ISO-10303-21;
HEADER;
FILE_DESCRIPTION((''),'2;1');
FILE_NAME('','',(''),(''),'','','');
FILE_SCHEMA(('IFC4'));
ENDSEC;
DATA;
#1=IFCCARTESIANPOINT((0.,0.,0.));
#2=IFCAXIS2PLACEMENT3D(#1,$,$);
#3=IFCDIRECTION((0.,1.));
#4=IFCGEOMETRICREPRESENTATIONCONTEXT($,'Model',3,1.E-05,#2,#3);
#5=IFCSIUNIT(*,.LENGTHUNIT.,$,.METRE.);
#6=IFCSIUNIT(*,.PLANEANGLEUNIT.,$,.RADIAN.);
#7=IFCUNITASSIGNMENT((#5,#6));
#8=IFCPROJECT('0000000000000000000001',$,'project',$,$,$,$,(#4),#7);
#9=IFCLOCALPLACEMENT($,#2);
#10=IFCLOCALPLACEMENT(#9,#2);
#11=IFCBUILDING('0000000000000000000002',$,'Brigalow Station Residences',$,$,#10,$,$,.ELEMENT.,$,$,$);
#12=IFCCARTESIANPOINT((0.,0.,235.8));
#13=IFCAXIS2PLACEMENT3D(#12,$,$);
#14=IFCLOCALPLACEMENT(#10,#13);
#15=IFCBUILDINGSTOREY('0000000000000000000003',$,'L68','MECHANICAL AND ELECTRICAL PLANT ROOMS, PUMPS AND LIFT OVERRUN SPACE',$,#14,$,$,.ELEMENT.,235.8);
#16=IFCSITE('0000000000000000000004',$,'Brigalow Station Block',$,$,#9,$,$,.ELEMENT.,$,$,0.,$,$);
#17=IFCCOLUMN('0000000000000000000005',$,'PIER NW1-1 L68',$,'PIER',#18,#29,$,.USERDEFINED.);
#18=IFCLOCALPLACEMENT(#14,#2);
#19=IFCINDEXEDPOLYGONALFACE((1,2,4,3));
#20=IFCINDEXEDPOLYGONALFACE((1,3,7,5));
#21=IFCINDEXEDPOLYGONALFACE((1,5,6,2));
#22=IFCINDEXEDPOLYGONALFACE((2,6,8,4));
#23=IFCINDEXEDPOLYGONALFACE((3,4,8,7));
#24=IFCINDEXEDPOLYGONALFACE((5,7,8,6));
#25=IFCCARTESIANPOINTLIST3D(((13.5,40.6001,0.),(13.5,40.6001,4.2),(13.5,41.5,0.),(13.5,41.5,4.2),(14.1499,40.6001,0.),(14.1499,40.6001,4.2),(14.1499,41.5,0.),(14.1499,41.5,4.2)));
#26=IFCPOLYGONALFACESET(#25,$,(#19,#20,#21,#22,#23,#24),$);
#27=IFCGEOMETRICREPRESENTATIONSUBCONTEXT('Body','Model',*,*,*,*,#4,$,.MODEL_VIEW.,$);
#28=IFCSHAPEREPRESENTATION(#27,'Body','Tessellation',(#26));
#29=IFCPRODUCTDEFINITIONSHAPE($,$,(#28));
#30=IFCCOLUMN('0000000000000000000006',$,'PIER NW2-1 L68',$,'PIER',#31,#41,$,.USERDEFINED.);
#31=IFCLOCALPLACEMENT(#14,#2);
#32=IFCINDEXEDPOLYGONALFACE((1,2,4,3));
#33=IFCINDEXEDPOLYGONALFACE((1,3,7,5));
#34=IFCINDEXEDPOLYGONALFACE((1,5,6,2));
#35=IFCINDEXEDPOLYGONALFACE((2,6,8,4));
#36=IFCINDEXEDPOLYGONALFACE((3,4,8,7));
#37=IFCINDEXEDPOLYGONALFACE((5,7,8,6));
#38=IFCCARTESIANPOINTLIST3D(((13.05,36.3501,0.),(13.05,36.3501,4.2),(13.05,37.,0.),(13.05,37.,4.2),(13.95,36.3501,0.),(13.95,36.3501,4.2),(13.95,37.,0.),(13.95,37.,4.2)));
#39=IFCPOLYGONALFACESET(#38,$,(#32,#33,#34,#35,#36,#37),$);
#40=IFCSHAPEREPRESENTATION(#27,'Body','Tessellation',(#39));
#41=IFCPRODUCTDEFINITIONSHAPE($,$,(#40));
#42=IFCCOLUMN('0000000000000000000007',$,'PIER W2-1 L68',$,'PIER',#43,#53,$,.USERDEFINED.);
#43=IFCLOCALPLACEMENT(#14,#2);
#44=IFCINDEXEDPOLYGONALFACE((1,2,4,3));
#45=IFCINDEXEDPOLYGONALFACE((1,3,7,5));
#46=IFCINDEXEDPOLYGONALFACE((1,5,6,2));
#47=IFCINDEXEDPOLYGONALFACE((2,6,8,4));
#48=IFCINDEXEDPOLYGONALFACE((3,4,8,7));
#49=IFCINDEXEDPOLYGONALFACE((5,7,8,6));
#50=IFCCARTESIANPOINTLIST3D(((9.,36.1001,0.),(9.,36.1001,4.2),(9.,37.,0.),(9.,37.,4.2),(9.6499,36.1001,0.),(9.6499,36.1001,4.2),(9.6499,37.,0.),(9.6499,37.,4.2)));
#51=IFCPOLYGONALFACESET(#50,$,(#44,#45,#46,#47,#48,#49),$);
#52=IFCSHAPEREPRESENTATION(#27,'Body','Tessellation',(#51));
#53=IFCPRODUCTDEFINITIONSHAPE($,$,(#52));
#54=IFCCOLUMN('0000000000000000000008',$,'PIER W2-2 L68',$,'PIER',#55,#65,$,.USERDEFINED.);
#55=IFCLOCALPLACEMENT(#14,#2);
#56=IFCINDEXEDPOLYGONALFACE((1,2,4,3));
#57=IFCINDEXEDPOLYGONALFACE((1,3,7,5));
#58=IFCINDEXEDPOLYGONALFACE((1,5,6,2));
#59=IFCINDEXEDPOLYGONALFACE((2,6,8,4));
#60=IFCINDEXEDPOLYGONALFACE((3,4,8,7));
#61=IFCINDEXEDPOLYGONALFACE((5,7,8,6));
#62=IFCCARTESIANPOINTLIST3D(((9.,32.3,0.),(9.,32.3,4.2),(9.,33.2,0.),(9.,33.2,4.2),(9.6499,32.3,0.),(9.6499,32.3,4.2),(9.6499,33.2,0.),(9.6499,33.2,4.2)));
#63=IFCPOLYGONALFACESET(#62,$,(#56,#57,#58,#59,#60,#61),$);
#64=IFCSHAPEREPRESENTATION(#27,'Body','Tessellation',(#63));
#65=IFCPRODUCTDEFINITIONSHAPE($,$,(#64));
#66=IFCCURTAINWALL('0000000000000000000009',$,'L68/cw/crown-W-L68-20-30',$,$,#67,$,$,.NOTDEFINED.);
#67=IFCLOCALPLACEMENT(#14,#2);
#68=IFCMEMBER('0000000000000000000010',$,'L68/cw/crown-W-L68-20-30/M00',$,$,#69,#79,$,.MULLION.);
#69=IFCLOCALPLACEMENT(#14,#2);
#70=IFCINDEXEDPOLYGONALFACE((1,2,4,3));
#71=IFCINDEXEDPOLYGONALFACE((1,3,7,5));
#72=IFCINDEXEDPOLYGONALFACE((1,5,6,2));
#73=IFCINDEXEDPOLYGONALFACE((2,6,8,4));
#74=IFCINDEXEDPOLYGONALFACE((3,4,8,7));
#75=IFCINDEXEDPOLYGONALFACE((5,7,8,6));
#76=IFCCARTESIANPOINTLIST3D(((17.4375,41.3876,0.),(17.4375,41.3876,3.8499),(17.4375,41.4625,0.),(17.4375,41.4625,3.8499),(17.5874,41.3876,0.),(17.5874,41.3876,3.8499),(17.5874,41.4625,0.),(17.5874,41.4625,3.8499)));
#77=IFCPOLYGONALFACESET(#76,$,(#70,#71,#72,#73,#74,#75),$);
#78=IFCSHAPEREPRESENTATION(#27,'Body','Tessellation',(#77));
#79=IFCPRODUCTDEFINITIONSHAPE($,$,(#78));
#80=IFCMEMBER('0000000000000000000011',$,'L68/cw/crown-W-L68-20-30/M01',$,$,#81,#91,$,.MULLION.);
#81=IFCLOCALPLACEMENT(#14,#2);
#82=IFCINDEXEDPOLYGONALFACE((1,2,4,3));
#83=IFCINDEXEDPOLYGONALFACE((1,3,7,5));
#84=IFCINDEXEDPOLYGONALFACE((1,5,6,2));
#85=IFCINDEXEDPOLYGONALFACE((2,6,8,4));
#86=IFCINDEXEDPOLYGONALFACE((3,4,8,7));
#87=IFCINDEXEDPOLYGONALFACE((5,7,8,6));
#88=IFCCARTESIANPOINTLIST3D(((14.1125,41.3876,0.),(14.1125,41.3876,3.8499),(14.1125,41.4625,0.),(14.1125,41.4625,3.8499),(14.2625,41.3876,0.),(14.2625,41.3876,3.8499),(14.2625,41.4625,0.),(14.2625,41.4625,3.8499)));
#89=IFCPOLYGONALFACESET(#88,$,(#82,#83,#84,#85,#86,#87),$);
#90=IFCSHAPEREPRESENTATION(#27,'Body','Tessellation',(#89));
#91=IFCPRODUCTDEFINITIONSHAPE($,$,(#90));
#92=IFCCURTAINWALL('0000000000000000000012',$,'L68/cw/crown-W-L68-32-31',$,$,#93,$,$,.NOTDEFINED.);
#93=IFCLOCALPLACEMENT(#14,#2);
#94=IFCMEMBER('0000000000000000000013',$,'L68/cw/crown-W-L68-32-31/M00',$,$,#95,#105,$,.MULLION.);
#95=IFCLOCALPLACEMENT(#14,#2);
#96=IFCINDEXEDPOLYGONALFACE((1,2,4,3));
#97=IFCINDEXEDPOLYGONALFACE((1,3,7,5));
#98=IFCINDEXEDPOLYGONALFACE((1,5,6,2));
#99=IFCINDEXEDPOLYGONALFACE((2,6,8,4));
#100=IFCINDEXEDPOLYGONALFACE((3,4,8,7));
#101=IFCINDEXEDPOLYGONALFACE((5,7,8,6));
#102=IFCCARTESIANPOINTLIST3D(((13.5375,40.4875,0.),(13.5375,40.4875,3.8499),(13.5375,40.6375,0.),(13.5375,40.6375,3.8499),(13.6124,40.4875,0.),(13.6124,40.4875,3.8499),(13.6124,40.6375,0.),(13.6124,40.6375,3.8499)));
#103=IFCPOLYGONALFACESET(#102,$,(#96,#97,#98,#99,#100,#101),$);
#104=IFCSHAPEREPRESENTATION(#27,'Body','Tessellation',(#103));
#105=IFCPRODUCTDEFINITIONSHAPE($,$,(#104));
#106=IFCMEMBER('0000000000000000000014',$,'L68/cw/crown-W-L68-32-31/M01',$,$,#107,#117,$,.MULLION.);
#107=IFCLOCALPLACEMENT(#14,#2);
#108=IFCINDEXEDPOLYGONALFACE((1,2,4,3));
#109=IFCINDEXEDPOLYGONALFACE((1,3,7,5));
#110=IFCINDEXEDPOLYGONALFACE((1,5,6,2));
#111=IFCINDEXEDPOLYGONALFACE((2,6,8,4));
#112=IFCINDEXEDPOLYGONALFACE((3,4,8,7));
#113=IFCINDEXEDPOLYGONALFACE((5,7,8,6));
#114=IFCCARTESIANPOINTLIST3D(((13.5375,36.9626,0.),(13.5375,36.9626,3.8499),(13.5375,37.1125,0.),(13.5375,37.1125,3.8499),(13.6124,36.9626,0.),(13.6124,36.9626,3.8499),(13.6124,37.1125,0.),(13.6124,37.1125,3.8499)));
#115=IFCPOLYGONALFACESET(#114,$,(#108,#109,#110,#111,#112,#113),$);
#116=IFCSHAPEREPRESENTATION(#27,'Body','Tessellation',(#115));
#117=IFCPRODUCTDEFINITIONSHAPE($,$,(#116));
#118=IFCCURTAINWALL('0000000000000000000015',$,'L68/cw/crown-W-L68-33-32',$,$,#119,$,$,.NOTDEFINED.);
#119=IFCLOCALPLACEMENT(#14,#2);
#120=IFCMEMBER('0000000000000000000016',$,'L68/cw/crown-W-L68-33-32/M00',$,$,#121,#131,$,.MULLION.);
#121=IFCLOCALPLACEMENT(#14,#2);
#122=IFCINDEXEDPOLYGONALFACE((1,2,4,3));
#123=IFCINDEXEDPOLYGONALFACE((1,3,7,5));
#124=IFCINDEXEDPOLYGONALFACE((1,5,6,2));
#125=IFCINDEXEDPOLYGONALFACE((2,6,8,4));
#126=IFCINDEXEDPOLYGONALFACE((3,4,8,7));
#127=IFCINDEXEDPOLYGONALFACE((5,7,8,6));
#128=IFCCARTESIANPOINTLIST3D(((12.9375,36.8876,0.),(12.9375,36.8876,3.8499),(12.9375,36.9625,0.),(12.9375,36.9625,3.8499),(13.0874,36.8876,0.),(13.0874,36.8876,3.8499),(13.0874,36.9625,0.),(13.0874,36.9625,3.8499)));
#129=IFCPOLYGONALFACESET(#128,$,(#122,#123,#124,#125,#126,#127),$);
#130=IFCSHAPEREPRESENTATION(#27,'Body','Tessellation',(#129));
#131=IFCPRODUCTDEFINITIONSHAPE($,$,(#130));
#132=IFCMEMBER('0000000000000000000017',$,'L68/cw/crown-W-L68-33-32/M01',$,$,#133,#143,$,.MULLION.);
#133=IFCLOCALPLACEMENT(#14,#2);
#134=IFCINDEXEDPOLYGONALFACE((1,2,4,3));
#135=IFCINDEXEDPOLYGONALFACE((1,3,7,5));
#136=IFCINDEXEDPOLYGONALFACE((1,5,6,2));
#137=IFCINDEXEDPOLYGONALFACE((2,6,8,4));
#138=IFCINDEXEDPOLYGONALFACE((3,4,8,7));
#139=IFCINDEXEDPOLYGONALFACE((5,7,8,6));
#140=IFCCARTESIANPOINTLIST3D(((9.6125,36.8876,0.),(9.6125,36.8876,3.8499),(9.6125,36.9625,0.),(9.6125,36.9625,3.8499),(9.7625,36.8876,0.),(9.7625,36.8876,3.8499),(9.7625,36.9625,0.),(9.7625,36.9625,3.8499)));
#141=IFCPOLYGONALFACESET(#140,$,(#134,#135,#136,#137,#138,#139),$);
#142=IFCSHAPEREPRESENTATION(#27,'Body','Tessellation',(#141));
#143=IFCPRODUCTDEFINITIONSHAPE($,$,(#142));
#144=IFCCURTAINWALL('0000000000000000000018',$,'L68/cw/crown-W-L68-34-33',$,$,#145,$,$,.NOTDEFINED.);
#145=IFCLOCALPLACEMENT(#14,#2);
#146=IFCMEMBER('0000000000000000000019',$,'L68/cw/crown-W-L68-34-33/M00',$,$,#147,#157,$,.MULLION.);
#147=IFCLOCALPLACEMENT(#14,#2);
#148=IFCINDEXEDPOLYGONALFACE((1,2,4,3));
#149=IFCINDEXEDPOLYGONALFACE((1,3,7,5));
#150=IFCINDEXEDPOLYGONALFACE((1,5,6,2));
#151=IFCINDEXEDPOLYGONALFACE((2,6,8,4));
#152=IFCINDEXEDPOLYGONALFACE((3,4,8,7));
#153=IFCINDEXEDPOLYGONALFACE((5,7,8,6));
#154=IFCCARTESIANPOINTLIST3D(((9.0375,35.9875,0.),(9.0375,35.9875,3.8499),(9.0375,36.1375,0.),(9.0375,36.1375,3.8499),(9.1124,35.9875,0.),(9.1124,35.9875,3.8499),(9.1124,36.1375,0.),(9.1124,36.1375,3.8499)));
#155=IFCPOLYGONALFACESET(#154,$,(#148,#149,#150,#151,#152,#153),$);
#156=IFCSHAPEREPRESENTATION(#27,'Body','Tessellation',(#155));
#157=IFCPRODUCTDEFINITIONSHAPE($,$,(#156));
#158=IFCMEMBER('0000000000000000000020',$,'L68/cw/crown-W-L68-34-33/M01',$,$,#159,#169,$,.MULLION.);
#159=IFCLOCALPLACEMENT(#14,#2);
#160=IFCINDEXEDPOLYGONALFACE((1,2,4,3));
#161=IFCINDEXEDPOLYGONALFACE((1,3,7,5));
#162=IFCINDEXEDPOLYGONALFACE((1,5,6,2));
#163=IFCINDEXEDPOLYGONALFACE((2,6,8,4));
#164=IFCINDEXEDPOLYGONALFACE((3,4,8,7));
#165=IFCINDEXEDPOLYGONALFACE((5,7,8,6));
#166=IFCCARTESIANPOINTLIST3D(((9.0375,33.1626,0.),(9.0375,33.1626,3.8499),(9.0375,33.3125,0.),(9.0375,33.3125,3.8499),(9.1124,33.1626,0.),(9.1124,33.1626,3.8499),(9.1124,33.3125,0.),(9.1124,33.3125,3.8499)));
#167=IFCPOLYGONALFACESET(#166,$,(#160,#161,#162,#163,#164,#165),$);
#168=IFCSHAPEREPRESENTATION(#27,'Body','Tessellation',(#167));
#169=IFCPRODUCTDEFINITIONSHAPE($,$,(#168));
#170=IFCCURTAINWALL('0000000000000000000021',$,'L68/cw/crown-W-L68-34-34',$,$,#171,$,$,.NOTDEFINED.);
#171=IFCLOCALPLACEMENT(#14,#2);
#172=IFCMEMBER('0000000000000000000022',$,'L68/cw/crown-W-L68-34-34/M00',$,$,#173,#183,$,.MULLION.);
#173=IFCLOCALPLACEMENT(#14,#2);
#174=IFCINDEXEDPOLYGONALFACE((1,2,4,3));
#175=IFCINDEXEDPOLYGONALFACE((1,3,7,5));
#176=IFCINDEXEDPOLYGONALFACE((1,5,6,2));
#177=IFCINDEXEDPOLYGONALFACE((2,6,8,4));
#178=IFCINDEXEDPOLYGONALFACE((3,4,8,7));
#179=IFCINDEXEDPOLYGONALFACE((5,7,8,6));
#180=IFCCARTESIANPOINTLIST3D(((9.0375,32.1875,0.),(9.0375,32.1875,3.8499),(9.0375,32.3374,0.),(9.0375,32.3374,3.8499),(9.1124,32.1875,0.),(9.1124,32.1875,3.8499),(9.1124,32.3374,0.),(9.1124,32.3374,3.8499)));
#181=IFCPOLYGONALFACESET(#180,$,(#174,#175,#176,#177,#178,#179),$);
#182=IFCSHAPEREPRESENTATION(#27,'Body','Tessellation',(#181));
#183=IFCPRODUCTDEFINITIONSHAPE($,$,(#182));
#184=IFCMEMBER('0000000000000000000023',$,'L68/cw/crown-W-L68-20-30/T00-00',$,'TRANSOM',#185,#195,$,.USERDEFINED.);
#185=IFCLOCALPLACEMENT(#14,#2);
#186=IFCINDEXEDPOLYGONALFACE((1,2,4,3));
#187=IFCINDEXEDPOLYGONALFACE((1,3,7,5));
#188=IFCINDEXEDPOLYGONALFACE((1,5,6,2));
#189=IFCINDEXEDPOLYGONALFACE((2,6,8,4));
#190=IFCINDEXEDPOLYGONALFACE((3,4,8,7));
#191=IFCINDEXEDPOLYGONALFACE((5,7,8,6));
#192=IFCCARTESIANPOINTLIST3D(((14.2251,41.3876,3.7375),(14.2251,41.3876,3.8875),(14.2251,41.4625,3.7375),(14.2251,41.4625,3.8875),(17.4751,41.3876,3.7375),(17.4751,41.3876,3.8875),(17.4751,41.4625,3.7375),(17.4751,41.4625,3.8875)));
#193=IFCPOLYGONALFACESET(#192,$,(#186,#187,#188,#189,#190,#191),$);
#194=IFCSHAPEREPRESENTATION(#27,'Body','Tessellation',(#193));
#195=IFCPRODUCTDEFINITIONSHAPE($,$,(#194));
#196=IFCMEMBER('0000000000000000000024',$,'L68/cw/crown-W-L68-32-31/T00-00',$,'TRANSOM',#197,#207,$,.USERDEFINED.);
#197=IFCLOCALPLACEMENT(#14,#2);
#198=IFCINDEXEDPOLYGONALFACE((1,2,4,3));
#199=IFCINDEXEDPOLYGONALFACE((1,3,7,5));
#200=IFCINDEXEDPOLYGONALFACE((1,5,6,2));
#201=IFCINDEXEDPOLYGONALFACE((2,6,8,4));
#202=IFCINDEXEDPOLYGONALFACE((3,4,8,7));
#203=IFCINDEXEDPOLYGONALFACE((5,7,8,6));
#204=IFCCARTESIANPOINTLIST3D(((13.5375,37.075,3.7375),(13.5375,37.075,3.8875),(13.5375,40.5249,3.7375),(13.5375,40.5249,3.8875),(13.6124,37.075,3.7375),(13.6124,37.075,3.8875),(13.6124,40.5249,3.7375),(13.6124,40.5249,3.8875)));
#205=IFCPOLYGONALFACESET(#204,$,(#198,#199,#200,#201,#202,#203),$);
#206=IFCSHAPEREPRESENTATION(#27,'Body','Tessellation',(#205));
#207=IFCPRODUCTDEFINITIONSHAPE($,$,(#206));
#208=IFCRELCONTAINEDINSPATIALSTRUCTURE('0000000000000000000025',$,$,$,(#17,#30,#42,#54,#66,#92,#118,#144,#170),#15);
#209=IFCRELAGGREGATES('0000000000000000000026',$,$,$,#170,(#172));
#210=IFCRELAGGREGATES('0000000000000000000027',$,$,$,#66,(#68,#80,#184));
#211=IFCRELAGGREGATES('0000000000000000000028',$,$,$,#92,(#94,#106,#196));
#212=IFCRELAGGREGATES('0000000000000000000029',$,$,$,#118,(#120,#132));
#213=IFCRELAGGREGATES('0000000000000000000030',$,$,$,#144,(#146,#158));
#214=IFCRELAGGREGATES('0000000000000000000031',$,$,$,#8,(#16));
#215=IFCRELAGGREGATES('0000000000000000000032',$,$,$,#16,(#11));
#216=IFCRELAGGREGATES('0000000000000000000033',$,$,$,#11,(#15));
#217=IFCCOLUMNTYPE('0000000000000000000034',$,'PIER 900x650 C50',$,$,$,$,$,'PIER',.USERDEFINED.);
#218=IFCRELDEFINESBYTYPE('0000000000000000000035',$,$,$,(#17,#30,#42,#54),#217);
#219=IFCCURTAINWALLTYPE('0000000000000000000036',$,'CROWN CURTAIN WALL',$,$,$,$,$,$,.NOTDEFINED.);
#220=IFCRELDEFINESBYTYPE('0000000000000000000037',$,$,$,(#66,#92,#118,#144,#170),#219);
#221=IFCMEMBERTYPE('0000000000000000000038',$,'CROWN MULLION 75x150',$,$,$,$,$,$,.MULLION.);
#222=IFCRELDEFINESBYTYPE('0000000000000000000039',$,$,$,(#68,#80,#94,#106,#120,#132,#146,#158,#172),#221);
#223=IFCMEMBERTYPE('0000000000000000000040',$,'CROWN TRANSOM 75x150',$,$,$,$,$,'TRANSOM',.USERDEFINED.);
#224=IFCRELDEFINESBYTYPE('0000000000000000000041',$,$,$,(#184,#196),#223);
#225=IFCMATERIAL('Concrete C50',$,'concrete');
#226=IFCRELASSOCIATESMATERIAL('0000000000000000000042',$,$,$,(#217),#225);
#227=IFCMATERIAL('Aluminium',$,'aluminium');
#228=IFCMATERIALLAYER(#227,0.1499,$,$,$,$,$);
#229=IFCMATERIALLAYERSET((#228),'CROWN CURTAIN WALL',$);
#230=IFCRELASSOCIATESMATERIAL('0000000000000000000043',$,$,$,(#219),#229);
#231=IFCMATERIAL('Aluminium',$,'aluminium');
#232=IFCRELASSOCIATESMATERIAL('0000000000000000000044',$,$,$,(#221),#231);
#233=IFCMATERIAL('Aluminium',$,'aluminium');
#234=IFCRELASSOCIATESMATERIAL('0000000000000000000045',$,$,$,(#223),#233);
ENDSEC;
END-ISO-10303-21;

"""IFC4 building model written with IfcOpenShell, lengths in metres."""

from ifc_helpers import new_model, si_unit, direction, frame, origin, origin_2d, place, context, subcontext, project, spatial, rectangle, extrude, material, layer, layer_set, material_profile, profile_set, type_object, element, aggregate, save


model = new_model("IFC4")

# Units and contexts
model_context = context("Model", 3, precision=1e-05, world=origin(), true_north=direction((0.0, 1.0)))
body_context = subcontext(model_context, "Body", "Model", "MODEL_VIEW")
ifc_project = project(units=[si_unit("LENGTHUNIT", "METRE"), si_unit("PLANEANGLEUNIT", "RADIAN")], contexts=[model_context])

# Site, building, storey
site_placement = place(None, origin())
site = spatial("IfcSite", under=ifc_project, at=site_placement, Name="Brigalow Station Block", CompositionType="ELEMENT", RefElevation=0.0)
building_placement = place(site_placement, origin())
building = spatial("IfcBuilding", under=site, at=building_placement, Name="Brigalow Station Residences", CompositionType="ELEMENT")
storey_placement = place(building_placement, frame((0.0, 0.0, 235.8)))
storey = spatial("IfcBuildingStorey", under=building, at=storey_placement, Name="L68", Description="MECHANICAL AND ELECTRICAL PLANT ROOMS, PUMPS AND LIFT OVERRUN SPACE", CompositionType="ELEMENT", Elevation=235.8)

# Columns
ifc_material_1 = material(Name="Concrete C50", Category="concrete")
ifc_material_profile_1 = material_profile(ifc_material_1, rectangle(XDim=0.8999, YDim=0.6499, at=origin_2d()), Name="RC900x650")
ifc_profile_set_1 = profile_set([ifc_material_profile_1], Name="Concrete C50")
column_type = type_object("IfcColumnType", Name="PIER 900x650 C50", ElementType="PIER", PredefinedType="USERDEFINED", material=ifc_profile_set_1)
for number, where, z_axis, x_axis, name in (
    (1, (13.825, 41.05, 0.0), (0.0, 0.0, 1.0), (0.0, -1.0, 0.0), "PIER NW1-1 L68"),
    (2, (13.5, 36.675, 0.0), (0.0, 0.0, 1.0), (-1.0, 0.0, 0.0), "PIER NW2-1 L68"),
    (3, (9.325, 36.55, 0.0), (0.0, 0.0, 1.0), (0.0, -1.0, 0.0), "PIER W2-1 L68"),
    (4, (9.325, 32.75, 0.0), (0.0, 0.0, 1.0), (0.0, -1.0, 0.0), "PIER W2-2 L68"),
):
    element("IfcColumn", number, at=place(storey_placement, frame(where, z_axis=z_axis, x_axis=x_axis)), inside=storey, type_object=column_type, Name=name, ObjectType="PIER", PredefinedType="USERDEFINED", context=body_context, shape_type="SweptSolid", body=[
        extrude(rectangle(XDim=0.8999, YDim=0.6499, at=origin_2d()), origin(), (0.0, 0.0, 1.0), 4.2),
    ])

# Curtain walls, members
ifc_material_2 = material(Name="Aluminium", Category="aluminium")
ifc_layer_1 = layer(ifc_material_2, 0.1499)
ifc_layer_set_1 = layer_set([ifc_layer_1], Name="CROWN CURTAIN WALL")
curtain_wall_type = type_object("IfcCurtainWallType", Name="CROWN CURTAIN WALL", PredefinedType="NOTDEFINED", material=ifc_layer_set_1)
curtain_wall_1_placement = place(storey_placement, origin())
curtain_wall_1 = element("IfcCurtainWall", 5, at=curtain_wall_1_placement, inside=storey, type_object=curtain_wall_type, Name="L68/cw/crown-W-L68-20-30", PredefinedType="NOTDEFINED")
ifc_material_3 = material(Name="Aluminium", Category="aluminium")
ifc_material_profile_2 = material_profile(ifc_material_3, rectangle(XDim=0.075, YDim=0.1499, at=origin_2d()), Name="CROWN MULLION 75x150")
ifc_profile_set_2 = profile_set([ifc_material_profile_2], Name="Aluminium")
member_type_1 = type_object("IfcMemberType", Name="CROWN MULLION 75x150", PredefinedType="MULLION", material=ifc_profile_set_2)
member_1_placement = place(storey_placement, frame((17.5125, 41.425, 0.0), z_axis=(0.0, 0.0, 1.0), x_axis=(0.0, -1.0, 0.0)))
member_1 = element("IfcMember", 6, at=member_1_placement, type_object=member_type_1, Name="L68/cw/crown-W-L68-20-30/M00", PredefinedType="MULLION", context=body_context, shape_type="SweptSolid", body=[
    extrude(rectangle(XDim=0.075, YDim=0.1499, at=origin_2d()), origin(), (0.0, 0.0, 1.0), 3.8499),
])
member_2_placement = place(storey_placement, frame((14.1875, 41.425, 0.0), z_axis=(0.0, 0.0, 1.0), x_axis=(0.0, -1.0, 0.0)))
member_2 = element("IfcMember", 7, at=member_2_placement, type_object=member_type_1, Name="L68/cw/crown-W-L68-20-30/M01", PredefinedType="MULLION", context=body_context, shape_type="SweptSolid", body=[
    extrude(rectangle(XDim=0.075, YDim=0.1499, at=origin_2d()), origin(), (0.0, 0.0, 1.0), 3.8499),
])
curtain_wall_2_placement = place(storey_placement, origin())
curtain_wall_2 = element("IfcCurtainWall", 8, at=curtain_wall_2_placement, inside=storey, type_object=curtain_wall_type, Name="L68/cw/crown-W-L68-32-31", PredefinedType="NOTDEFINED")
member_3_placement = place(storey_placement, frame((13.575, 40.5625, 0.0), z_axis=(0.0, 0.0, 1.0), x_axis=(1.0, 0.0, 0.0)))
member_3 = element("IfcMember", 9, at=member_3_placement, type_object=member_type_1, Name="L68/cw/crown-W-L68-32-31/M00", PredefinedType="MULLION", context=body_context, shape_type="SweptSolid", body=[
    extrude(rectangle(XDim=0.075, YDim=0.1499, at=origin_2d()), origin(), (0.0, 0.0, 1.0), 3.8499),
])
member_4_placement = place(storey_placement, frame((13.575, 37.0376, 0.0), z_axis=(0.0, 0.0, 1.0), x_axis=(1.0, 0.0, 0.0)))
member_4 = element("IfcMember", 10, at=member_4_placement, type_object=member_type_1, Name="L68/cw/crown-W-L68-32-31/M01", PredefinedType="MULLION", context=body_context, shape_type="SweptSolid", body=[
    extrude(rectangle(XDim=0.075, YDim=0.1499, at=origin_2d()), origin(), (0.0, 0.0, 1.0), 3.8499),
])
curtain_wall_3_placement = place(storey_placement, origin())
curtain_wall_3 = element("IfcCurtainWall", 11, at=curtain_wall_3_placement, inside=storey, type_object=curtain_wall_type, Name="L68/cw/crown-W-L68-33-32", PredefinedType="NOTDEFINED")
member_5_placement = place(storey_placement, frame((13.0125, 36.925, 0.0), z_axis=(0.0, 0.0, 1.0), x_axis=(0.0, -1.0, 0.0)))
member_5 = element("IfcMember", 12, at=member_5_placement, type_object=member_type_1, Name="L68/cw/crown-W-L68-33-32/M00", PredefinedType="MULLION", context=body_context, shape_type="SweptSolid", body=[
    extrude(rectangle(XDim=0.075, YDim=0.1499, at=origin_2d()), origin(), (0.0, 0.0, 1.0), 3.8499),
])
member_6_placement = place(storey_placement, frame((9.6875, 36.925, 0.0), z_axis=(0.0, 0.0, 1.0), x_axis=(0.0, -1.0, 0.0)))
member_6 = element("IfcMember", 13, at=member_6_placement, type_object=member_type_1, Name="L68/cw/crown-W-L68-33-32/M01", PredefinedType="MULLION", context=body_context, shape_type="SweptSolid", body=[
    extrude(rectangle(XDim=0.075, YDim=0.1499, at=origin_2d()), origin(), (0.0, 0.0, 1.0), 3.8499),
])
curtain_wall_4_placement = place(storey_placement, origin())
curtain_wall_4 = element("IfcCurtainWall", 14, at=curtain_wall_4_placement, inside=storey, type_object=curtain_wall_type, Name="L68/cw/crown-W-L68-34-33", PredefinedType="NOTDEFINED")
member_7_placement = place(storey_placement, frame((9.075, 36.0625, 0.0), z_axis=(0.0, 0.0, 1.0), x_axis=(1.0, 0.0, 0.0)))
member_7 = element("IfcMember", 15, at=member_7_placement, type_object=member_type_1, Name="L68/cw/crown-W-L68-34-33/M00", PredefinedType="MULLION", context=body_context, shape_type="SweptSolid", body=[
    extrude(rectangle(XDim=0.075, YDim=0.1499, at=origin_2d()), origin(), (0.0, 0.0, 1.0), 3.8499),
])
member_8_placement = place(storey_placement, frame((9.075, 33.2375, 0.0), z_axis=(0.0, 0.0, 1.0), x_axis=(1.0, 0.0, 0.0)))
member_8 = element("IfcMember", 16, at=member_8_placement, type_object=member_type_1, Name="L68/cw/crown-W-L68-34-33/M01", PredefinedType="MULLION", context=body_context, shape_type="SweptSolid", body=[
    extrude(rectangle(XDim=0.075, YDim=0.1499, at=origin_2d()), origin(), (0.0, 0.0, 1.0), 3.8499),
])

# Curtain wall, member
curtain_wall_5_placement = place(storey_placement, origin())
curtain_wall_5 = element("IfcCurtainWall", 17, at=curtain_wall_5_placement, inside=storey, type_object=curtain_wall_type, Name="L68/cw/crown-W-L68-34-34", PredefinedType="NOTDEFINED")
member_9_placement = place(storey_placement, frame((9.075, 32.2625, 0.0), z_axis=(0.0, 0.0, 1.0), x_axis=(1.0, 0.0, 0.0)))
member_9 = element("IfcMember", 18, at=member_9_placement, type_object=member_type_1, Name="L68/cw/crown-W-L68-34-34/M00", PredefinedType="MULLION", context=body_context, shape_type="SweptSolid", body=[
    extrude(rectangle(XDim=0.075, YDim=0.1499, at=origin_2d()), origin(), (0.0, 0.0, 1.0), 3.8499),
])

# Members
ifc_material_4 = material(Name="Aluminium", Category="aluminium")
ifc_material_profile_3 = material_profile(ifc_material_4, rectangle(XDim=0.075, YDim=0.1499, at=origin_2d()), Name="CROWN TRANSOM 75x150")
ifc_profile_set_3 = profile_set([ifc_material_profile_3], Name="Aluminium")
member_type_2 = type_object("IfcMemberType", Name="CROWN TRANSOM 75x150", ElementType="TRANSOM", PredefinedType="USERDEFINED", material=ifc_profile_set_3)
member_10_placement = place(storey_placement, frame((17.4751, 41.425, 3.8125), z_axis=(-1.0, 0.0, 0.0), x_axis=(0.0, -1.0, 0.0)))
member_10 = element("IfcMember", 19, at=member_10_placement, type_object=member_type_2, Name="L68/cw/crown-W-L68-20-30/T00-00", ObjectType="TRANSOM", PredefinedType="USERDEFINED", context=body_context, shape_type="SweptSolid", body=[
    extrude(rectangle(XDim=0.075, YDim=0.1499, at=origin_2d()), origin(), (0.0, 0.0, 1.0), 3.25),
])
member_11_placement = place(storey_placement, frame((13.575, 40.5249, 3.8125), z_axis=(0.0, -1.0, 0.0), x_axis=(1.0, 0.0, 0.0)))
member_11 = element("IfcMember", 20, at=member_11_placement, type_object=member_type_2, Name="L68/cw/crown-W-L68-32-31/T00-00", ObjectType="TRANSOM", PredefinedType="USERDEFINED", context=body_context, shape_type="SweptSolid", body=[
    extrude(rectangle(XDim=0.075, YDim=0.1499, at=origin_2d()), origin(), (0.0, 0.0, 1.0), 3.45),
])
aggregate(curtain_wall_5, [member_9])

aggregate(curtain_wall_1, [member_1, member_2, member_10])
aggregate(curtain_wall_2, [member_3, member_4, member_11])
aggregate(curtain_wall_3, [member_5, member_6])
aggregate(curtain_wall_4, [member_7, member_8])

save(model, "model.ifc")
